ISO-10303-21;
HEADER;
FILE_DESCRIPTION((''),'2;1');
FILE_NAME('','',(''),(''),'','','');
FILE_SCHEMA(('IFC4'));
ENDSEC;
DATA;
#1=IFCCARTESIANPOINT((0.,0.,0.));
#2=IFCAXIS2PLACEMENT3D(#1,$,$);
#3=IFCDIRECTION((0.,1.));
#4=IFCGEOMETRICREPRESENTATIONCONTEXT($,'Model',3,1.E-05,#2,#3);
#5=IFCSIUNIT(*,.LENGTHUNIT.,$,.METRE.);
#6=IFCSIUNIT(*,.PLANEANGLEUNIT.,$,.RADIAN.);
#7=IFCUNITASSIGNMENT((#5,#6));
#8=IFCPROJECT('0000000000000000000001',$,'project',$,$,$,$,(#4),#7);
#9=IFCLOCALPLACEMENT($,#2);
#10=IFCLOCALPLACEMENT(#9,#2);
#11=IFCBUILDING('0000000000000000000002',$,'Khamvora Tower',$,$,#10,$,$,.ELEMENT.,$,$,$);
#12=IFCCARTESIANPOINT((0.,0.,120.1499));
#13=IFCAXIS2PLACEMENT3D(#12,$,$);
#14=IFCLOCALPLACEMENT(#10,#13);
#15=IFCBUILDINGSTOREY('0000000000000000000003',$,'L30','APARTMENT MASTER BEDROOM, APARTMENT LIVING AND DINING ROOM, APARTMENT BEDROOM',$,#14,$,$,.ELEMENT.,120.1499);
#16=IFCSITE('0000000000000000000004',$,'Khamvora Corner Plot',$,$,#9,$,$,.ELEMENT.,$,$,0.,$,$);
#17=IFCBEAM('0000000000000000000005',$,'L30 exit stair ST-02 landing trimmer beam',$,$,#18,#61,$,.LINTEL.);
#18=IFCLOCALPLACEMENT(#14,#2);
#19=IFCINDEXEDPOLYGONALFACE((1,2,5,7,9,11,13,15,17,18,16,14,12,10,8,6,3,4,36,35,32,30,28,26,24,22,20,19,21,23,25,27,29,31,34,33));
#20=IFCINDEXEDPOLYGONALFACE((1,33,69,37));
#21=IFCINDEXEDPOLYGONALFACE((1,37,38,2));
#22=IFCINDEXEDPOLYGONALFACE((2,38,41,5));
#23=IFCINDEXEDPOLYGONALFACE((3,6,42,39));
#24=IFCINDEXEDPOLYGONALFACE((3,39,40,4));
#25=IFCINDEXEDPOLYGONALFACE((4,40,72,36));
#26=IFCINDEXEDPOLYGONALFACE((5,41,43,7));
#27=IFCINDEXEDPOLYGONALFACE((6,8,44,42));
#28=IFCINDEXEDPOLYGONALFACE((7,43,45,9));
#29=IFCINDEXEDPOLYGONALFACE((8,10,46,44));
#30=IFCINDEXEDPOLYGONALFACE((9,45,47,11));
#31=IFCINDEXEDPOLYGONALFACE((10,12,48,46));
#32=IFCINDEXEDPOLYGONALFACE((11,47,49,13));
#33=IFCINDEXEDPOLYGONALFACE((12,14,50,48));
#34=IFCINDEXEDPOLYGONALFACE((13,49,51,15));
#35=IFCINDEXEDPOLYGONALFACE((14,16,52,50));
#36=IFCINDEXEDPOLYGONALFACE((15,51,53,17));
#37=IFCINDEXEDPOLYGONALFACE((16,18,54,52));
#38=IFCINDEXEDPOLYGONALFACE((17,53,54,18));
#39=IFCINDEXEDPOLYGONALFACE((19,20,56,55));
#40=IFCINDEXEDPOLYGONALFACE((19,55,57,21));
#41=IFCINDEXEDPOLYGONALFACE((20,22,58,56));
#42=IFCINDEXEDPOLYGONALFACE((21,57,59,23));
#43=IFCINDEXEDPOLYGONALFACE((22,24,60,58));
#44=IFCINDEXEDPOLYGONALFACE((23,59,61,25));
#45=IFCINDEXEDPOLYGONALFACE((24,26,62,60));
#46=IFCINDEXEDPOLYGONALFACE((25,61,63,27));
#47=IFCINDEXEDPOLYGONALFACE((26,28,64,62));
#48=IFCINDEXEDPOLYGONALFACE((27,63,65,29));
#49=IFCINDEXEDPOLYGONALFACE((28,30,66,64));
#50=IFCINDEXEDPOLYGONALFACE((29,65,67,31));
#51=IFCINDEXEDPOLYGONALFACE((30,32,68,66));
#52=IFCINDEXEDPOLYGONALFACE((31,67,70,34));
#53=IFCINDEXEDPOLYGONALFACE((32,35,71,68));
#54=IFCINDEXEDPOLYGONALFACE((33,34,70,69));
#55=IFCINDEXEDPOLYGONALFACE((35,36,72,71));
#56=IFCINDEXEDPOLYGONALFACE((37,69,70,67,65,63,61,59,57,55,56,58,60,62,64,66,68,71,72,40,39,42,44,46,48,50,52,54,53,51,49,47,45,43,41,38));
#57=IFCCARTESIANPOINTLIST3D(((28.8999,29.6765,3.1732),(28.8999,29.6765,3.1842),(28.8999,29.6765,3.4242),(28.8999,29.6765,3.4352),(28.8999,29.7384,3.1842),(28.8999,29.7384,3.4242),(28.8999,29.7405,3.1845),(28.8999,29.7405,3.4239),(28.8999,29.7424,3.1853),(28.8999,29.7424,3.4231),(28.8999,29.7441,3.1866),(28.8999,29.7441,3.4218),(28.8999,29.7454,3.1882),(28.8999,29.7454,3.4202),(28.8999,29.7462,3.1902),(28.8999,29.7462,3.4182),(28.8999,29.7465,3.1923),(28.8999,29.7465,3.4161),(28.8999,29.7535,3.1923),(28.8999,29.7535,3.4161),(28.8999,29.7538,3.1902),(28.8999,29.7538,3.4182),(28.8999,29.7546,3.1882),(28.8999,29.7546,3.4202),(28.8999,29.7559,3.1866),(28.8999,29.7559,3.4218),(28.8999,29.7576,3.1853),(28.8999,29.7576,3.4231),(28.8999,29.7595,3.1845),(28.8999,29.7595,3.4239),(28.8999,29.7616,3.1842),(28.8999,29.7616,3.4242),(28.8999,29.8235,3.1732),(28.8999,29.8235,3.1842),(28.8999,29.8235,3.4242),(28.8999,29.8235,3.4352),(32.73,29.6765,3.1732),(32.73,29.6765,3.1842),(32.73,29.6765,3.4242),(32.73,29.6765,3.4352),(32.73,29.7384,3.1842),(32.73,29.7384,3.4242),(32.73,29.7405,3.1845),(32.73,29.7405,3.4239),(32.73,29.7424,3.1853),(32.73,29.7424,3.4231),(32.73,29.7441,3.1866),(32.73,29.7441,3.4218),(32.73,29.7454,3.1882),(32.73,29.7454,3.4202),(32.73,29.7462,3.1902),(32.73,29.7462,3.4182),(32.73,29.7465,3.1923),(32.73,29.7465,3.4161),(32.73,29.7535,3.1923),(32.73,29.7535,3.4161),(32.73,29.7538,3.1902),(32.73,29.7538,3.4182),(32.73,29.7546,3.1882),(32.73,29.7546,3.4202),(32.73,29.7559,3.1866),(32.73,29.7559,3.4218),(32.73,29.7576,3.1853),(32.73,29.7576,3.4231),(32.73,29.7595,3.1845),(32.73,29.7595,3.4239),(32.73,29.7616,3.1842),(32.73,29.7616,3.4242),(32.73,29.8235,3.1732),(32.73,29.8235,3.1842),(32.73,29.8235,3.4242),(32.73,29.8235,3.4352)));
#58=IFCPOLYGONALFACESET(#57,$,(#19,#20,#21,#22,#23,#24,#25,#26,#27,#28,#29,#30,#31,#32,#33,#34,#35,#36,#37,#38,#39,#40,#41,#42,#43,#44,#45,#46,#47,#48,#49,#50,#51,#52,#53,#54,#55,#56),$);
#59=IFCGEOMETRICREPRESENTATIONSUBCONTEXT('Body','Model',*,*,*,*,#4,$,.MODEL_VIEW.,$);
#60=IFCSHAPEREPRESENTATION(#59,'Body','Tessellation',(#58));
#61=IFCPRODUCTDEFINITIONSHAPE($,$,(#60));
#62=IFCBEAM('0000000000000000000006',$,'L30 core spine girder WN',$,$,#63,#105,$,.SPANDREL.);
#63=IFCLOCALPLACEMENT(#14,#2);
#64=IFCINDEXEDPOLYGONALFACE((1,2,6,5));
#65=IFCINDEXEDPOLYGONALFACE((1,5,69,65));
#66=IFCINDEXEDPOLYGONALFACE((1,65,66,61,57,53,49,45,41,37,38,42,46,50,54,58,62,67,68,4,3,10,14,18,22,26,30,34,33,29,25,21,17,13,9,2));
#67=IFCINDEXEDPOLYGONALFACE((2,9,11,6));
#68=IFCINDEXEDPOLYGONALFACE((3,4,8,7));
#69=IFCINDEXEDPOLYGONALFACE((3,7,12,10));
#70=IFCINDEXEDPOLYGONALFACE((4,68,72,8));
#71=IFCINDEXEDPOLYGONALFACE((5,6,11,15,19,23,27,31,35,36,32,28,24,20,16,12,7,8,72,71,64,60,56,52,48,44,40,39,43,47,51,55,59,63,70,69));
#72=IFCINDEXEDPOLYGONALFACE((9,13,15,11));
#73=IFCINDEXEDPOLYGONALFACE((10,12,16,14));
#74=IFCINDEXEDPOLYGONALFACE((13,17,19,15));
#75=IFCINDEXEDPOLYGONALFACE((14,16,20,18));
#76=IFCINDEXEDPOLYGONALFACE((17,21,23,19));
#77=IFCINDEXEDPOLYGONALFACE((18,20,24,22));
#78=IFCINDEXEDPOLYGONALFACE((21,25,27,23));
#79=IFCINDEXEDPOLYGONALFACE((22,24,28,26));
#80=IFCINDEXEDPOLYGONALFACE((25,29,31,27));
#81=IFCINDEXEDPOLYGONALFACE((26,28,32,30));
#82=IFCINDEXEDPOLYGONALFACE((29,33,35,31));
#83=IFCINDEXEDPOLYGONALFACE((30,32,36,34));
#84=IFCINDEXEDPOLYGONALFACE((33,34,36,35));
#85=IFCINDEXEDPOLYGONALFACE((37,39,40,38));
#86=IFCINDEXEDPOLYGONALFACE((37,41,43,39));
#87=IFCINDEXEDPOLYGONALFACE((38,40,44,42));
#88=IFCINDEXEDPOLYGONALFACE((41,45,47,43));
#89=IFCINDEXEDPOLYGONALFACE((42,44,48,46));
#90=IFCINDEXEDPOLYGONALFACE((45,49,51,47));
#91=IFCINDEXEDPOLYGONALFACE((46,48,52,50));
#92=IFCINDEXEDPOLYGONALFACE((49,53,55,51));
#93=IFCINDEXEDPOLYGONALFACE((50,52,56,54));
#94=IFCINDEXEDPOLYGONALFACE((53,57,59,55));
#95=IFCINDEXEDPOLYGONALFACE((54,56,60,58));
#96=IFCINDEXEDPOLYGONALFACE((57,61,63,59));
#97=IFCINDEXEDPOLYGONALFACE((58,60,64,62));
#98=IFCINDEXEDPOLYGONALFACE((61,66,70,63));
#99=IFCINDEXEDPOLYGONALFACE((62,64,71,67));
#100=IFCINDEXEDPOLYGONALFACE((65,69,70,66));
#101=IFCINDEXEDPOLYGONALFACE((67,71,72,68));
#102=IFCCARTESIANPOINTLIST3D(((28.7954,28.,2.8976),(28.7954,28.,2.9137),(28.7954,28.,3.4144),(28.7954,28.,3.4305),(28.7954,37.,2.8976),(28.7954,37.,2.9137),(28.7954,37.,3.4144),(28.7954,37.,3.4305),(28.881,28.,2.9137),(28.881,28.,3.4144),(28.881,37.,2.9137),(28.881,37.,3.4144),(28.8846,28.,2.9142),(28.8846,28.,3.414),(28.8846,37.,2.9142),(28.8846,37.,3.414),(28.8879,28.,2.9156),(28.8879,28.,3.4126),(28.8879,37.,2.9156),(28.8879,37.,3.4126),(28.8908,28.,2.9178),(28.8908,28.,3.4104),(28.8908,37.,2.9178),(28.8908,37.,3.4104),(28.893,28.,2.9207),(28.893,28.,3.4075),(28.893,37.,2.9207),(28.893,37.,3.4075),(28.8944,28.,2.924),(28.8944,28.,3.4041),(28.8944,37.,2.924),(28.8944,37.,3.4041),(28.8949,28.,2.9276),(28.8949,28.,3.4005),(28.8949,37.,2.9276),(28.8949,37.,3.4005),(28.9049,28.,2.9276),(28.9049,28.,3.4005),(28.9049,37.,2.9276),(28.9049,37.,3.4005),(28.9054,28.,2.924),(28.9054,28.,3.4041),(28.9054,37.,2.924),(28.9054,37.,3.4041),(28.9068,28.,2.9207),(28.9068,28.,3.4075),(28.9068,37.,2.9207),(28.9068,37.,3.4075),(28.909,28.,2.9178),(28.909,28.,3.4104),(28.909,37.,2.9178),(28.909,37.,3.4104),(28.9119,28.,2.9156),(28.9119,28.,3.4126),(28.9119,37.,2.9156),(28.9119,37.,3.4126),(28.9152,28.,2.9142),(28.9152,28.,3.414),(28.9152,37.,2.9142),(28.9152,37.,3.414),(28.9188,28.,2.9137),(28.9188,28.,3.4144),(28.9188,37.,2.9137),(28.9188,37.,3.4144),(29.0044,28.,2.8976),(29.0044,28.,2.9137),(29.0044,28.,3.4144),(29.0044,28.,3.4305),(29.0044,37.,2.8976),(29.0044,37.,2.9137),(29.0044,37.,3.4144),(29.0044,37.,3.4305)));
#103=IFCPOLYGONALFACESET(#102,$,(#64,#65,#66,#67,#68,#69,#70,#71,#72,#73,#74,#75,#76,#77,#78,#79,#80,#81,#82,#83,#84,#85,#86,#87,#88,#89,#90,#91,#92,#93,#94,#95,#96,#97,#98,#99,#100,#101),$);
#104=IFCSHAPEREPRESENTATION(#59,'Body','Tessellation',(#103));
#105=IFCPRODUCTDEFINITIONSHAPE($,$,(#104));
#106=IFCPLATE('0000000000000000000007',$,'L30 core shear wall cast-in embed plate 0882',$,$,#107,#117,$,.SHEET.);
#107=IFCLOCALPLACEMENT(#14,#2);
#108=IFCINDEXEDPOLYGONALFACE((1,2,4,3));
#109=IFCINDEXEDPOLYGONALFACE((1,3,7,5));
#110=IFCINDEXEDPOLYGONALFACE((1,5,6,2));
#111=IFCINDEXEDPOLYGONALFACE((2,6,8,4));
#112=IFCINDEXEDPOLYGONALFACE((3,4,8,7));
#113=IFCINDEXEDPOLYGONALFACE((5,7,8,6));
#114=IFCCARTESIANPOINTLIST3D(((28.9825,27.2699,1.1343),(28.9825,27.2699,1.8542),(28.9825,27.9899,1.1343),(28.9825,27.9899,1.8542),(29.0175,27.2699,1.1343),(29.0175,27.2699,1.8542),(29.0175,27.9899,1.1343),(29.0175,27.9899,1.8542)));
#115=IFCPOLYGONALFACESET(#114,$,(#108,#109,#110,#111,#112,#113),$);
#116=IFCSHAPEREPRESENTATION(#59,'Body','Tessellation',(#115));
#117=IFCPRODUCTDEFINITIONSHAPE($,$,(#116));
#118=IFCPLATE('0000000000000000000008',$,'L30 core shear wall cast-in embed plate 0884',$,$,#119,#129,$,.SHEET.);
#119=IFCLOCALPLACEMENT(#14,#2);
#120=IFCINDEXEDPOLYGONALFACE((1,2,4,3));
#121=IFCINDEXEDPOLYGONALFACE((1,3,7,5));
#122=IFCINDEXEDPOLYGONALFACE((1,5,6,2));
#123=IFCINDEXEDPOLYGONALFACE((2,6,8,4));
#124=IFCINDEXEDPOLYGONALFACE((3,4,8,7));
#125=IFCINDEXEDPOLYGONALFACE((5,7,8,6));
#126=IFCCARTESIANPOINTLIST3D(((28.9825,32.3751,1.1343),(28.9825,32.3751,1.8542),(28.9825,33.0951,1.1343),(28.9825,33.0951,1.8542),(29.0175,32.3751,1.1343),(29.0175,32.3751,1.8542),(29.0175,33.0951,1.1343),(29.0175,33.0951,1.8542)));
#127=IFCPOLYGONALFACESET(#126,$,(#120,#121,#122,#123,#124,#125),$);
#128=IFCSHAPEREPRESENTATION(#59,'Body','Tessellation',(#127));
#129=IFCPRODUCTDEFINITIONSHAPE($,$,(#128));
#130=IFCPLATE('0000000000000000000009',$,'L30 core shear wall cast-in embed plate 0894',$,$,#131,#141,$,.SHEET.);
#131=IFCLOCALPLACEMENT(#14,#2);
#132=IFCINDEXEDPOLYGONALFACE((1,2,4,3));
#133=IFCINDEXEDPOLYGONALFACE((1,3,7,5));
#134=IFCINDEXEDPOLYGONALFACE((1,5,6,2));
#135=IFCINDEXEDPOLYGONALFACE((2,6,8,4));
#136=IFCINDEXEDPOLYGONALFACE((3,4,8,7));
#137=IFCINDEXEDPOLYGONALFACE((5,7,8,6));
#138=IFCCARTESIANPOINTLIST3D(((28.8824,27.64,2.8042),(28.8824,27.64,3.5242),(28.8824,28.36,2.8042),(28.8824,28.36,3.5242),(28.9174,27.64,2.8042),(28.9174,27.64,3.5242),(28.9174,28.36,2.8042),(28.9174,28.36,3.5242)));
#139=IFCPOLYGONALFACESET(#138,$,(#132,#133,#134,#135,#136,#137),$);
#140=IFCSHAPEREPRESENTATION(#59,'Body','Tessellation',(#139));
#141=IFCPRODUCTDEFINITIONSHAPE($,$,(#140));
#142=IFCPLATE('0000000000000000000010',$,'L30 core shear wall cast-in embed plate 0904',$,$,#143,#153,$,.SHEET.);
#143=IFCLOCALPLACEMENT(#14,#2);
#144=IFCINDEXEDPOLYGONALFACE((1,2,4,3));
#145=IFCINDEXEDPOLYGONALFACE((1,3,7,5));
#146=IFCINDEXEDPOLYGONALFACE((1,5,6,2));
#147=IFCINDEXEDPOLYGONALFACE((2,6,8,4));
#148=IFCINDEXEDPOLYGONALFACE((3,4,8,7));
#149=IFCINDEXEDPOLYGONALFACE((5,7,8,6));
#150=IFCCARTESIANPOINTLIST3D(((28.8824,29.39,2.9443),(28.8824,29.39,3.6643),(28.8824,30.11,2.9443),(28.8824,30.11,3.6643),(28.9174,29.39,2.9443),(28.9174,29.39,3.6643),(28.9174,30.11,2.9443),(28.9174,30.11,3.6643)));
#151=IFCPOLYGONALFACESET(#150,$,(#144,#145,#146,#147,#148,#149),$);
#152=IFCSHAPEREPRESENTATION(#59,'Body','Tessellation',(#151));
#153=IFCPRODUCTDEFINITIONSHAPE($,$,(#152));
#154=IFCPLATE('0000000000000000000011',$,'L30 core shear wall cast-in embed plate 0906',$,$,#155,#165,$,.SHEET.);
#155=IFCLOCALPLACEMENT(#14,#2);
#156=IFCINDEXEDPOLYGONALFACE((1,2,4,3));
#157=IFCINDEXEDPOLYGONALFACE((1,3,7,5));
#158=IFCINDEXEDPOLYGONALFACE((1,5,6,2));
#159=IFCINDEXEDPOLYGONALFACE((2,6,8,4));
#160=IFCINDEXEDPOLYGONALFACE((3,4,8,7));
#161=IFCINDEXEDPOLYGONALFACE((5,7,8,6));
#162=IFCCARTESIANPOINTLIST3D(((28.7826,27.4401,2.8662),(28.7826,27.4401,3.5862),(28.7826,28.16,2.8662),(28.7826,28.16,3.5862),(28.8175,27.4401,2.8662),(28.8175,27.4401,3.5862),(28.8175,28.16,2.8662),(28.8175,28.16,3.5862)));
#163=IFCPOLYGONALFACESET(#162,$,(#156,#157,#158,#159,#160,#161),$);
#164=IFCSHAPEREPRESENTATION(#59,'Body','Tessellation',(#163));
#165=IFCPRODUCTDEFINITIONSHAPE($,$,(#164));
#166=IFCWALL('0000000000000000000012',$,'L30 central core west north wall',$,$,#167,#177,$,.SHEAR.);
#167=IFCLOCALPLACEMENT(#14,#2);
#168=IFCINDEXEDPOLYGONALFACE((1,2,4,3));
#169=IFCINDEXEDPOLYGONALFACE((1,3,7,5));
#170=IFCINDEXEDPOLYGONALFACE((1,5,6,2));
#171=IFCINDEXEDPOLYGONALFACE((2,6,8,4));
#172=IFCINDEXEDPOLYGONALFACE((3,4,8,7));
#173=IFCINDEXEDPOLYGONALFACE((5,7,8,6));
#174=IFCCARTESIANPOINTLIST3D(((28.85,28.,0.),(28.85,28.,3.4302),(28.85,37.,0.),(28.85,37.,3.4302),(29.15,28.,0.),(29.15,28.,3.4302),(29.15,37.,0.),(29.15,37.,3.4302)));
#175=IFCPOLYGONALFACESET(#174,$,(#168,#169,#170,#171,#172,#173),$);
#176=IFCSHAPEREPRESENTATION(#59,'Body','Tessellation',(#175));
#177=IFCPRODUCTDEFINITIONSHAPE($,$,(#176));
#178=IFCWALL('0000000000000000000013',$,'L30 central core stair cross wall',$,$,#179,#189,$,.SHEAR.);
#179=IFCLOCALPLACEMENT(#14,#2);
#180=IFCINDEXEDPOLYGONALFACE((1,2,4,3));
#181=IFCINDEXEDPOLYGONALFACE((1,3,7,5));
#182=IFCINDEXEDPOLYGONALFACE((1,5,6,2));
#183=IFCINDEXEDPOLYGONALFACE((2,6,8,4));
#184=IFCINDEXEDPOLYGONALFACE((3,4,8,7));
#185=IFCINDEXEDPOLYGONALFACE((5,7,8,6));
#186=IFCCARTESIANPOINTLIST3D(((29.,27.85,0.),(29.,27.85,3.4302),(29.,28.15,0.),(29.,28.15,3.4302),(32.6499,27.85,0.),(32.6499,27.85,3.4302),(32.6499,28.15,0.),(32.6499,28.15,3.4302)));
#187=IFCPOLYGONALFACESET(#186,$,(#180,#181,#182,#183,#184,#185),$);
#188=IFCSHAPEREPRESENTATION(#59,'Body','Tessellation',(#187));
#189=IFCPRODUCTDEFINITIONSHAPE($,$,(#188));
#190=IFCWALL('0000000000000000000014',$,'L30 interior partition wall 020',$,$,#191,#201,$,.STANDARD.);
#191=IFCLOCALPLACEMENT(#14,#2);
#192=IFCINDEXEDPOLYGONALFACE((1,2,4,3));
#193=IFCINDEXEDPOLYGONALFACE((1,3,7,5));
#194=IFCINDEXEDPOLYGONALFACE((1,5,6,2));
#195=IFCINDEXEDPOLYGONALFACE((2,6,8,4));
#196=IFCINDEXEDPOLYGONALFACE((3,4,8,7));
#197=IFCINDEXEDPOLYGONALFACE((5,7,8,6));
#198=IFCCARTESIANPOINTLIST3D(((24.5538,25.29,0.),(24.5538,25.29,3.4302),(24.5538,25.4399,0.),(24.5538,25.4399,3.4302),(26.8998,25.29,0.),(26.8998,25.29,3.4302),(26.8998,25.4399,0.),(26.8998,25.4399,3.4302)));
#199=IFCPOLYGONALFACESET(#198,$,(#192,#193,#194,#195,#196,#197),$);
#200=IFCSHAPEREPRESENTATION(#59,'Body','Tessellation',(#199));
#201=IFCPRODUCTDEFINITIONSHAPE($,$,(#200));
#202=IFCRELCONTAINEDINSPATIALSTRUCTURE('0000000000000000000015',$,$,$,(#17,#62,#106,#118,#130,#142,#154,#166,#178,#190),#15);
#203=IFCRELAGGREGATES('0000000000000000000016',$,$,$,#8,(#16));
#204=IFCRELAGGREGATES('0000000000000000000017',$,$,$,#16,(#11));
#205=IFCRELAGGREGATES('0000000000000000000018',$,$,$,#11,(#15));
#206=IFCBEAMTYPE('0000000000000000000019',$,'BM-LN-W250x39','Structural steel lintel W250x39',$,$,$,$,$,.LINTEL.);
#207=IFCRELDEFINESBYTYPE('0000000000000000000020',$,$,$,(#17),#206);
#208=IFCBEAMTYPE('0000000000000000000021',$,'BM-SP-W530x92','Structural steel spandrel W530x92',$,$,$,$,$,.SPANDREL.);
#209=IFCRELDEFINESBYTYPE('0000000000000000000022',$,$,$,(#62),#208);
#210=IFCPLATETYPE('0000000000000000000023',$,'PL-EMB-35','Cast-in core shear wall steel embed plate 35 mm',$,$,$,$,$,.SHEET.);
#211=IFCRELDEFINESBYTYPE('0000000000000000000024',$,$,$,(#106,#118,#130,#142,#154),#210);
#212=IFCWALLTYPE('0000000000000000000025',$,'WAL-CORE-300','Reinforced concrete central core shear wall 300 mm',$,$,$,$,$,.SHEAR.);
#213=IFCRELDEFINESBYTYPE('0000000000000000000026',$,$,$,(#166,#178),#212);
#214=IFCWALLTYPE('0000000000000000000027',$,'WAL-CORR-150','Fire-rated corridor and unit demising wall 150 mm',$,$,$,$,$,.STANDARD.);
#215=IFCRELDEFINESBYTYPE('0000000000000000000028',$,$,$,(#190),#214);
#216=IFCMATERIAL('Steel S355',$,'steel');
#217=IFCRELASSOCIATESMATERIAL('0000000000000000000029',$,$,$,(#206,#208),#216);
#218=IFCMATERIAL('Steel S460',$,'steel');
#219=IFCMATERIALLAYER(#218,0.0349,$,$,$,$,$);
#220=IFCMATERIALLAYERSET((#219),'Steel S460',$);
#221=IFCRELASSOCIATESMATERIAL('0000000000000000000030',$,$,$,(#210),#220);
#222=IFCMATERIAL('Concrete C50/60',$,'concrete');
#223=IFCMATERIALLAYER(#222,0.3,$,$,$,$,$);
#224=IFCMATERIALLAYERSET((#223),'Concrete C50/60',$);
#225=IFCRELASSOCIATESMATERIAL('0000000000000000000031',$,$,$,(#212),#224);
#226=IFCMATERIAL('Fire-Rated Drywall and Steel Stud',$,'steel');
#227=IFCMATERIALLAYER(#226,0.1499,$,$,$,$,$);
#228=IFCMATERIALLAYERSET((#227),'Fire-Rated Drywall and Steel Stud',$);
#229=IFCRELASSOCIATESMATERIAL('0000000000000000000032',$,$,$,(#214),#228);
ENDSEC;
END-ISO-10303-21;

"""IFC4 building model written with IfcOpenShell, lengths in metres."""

from ifc_helpers import new_model, si_unit, direction, frame, frame_2d, origin, origin_2d, place, context, subcontext, project, spatial, rectangle, i_section, extrude, material, layer, layer_set, material_profile, profile_set, type_object, element, save


model = new_model("IFC4")

# Units and contexts
model_context = context("Model", 3, precision=1e-05, world=origin(), true_north=direction((0.0, 1.0)))
body_context = subcontext(model_context, "Body", "Model", "MODEL_VIEW")
ifc_project = project(units=[si_unit("LENGTHUNIT", "METRE"), si_unit("PLANEANGLEUNIT", "RADIAN")], contexts=[model_context])

# Site, building, storey
site_placement = place(None, origin())
site = spatial("IfcSite", under=ifc_project, at=site_placement, Name="Khamvora Corner Plot", CompositionType="ELEMENT", RefElevation=0.0)
building_placement = place(site_placement, origin())
building = spatial("IfcBuilding", under=site, at=building_placement, Name="Khamvora Tower", CompositionType="ELEMENT")
storey_placement = place(building_placement, frame((0.0, 0.0, 120.1499)))
storey = spatial("IfcBuildingStorey", under=building, at=storey_placement, Name="L30", Description="APARTMENT MASTER BEDROOM, APARTMENT LIVING AND DINING ROOM, APARTMENT BEDROOM", CompositionType="ELEMENT", Elevation=120.1499)

# Shared definitions
ifc_material_1 = material(Name="Steel S460", Category="steel")

# Beams
ifc_material_2 = material(Name="Steel S355", Category="steel")
ifc_material_profile_1 = material_profile(ifc_material_2, i_section(OverallWidth=0.147, OverallDepth=0.262, WebThickness=0.0071, FlangeThickness=0.011, FilletRadius=0.0081, at=origin_2d()), Name="W250x39")
ifc_profile_set_1 = profile_set([ifc_material_profile_1], Name="Steel S355")
beam_type_1 = type_object("IfcBeamType", Name="BM-LN-W250x39", Description="Structural steel lintel W250x39", PredefinedType="LINTEL", material=ifc_profile_set_1)
beam_1_placement = place(storey_placement, frame((28.8999, 29.75, 3.3042), z_axis=(1.0, 0.0, 0.0), x_axis=(0.0, 1.0, 0.0)))
element("IfcBeam", 1, at=beam_1_placement, inside=storey, type_object=beam_type_1, Name="L30 exit stair ST-02 landing trimmer beam", PredefinedType="LINTEL", context=body_context, shape_type="SweptSolid", body=[
    extrude(i_section(OverallWidth=0.147, OverallDepth=0.262, WebThickness=0.0071, FlangeThickness=0.011, FilletRadius=0.0081, at=origin_2d()), origin(), (0.0, 0.0, 1.0), 3.8301),
])
ifc_material_profile_2 = material_profile(ifc_material_2, i_section(OverallWidth=0.209, OverallDepth=0.533, WebThickness=0.01, FlangeThickness=0.0161, FilletRadius=0.0139, at=origin_2d()), Name="W530x92")
ifc_profile_set_2 = profile_set([ifc_material_profile_2], Name="Steel S355")
beam_type_2 = type_object("IfcBeamType", Name="BM-SP-W530x92", Description="Structural steel spandrel W530x92", PredefinedType="SPANDREL", material=ifc_profile_set_2)
beam_2_placement = place(storey_placement, frame((28.8999, 28.0, 3.1641), z_axis=(0.0, 1.0, 0.0), x_axis=(-1.0, 0.0, 0.0)))
element("IfcBeam", 2, at=beam_2_placement, inside=storey, type_object=beam_type_2, Name="L30 core spine girder WN", PredefinedType="SPANDREL", context=body_context, shape_type="SweptSolid", body=[
    extrude(i_section(OverallWidth=0.209, OverallDepth=0.533, WebThickness=0.01, FlangeThickness=0.0161, FilletRadius=0.0139, at=origin_2d()), origin(), (0.0, 0.0, 1.0), 9.0),
])

# Plates
ifc_layer_1 = layer(ifc_material_1, 0.0349)
ifc_layer_set_1 = layer_set([ifc_layer_1], Name="Steel S460")
plate_type = type_object("IfcPlateType", Name="PL-EMB-35", Description="Cast-in core shear wall steel embed plate 35 mm", PredefinedType="SHEET", material=ifc_layer_set_1)
for number, where, z_axis, x_axis, name in (
    (3, (29.0, 27.6299, 1.1343), (0.0, 0.0, 1.0), (1.0, 0.0, 0.0), "L30 core shear wall cast-in embed plate 0882"),
    (4, (29.0, 32.7351, 1.1343), (0.0, 0.0, 1.0), (1.0, 0.0, 0.0), "L30 core shear wall cast-in embed plate 0884"),
    (5, (28.8999, 28.0, 2.8042), (0.0, 0.0, 1.0), (1.0, 0.0, 0.0), "L30 core shear wall cast-in embed plate 0894"),
    (6, (28.8999, 29.75, 2.9443), (0.0, 0.0, 1.0), (1.0, 0.0, 0.0), "L30 core shear wall cast-in embed plate 0904"),
    (7, (28.8, 27.8, 2.8662), (0.0, 0.0, 1.0), (1.0, 0.0, 0.0), "L30 core shear wall cast-in embed plate 0906"),
):
    element("IfcPlate", number, at=place(storey_placement, frame(where, z_axis=z_axis, x_axis=x_axis)), inside=storey, type_object=plate_type, Name=name, PredefinedType="SHEET", context=body_context, shape_type="SweptSolid", body=[
        extrude(rectangle(XDim=0.0349, YDim=0.72, at=origin_2d()), origin(), (0.0, 0.0, 1.0), 0.72),
    ])

# Walls
ifc_material_3 = material(Name="Concrete C50/60", Category="concrete")
ifc_layer_2 = layer(ifc_material_3, 0.3)
ifc_layer_set_2 = layer_set([ifc_layer_2], Name="Concrete C50/60")
wall_type_1 = type_object("IfcWallType", Name="WAL-CORE-300", Description="Reinforced concrete central core shear wall 300 mm", PredefinedType="SHEAR", material=ifc_layer_set_2)
wall_1_placement = place(storey_placement, frame((29.0, 28.0, 0.0), z_axis=(0.0, 0.0, 1.0), x_axis=(0.0, 1.0, 0.0)))
element("IfcWall", 8, at=wall_1_placement, inside=storey, type_object=wall_type_1, Name="L30 central core west north wall", PredefinedType="SHEAR", context=body_context, shape_type="SweptSolid", body=[
    extrude(rectangle(XDim=9.0, YDim=0.3, at=frame_2d((4.5, 0.0))), origin(), (0.0, 0.0, 1.0), 3.4302),
])
wall_2_placement = place(storey_placement, frame((29.0, 28.0, 0.0), z_axis=(0.0, 0.0, 1.0), x_axis=(1.0, 0.0, 0.0)))
element("IfcWall", 9, at=wall_2_placement, inside=storey, type_object=wall_type_1, Name="L30 central core stair cross wall", PredefinedType="SHEAR", context=body_context, shape_type="SweptSolid", body=[
    extrude(rectangle(XDim=3.6499, YDim=0.3, at=frame_2d((1.825, 0.0))), origin(), (0.0, 0.0, 1.0), 3.4302),
])

# Shared definitions
ifc_material_4 = material(Name="Fire-Rated Drywall and Steel Stud", Category="steel")
ifc_layer_3 = layer(ifc_material_4, 0.1499)
ifc_layer_set_3 = layer_set([ifc_layer_3], Name="Fire-Rated Drywall and Steel Stud")
wall_type_2 = type_object("IfcWallType", Name="WAL-CORR-150", Description="Fire-rated corridor and unit demising wall 150 mm", PredefinedType="STANDARD", material=ifc_layer_set_3)

# Wall
wall_3_placement = place(storey_placement, frame((24.554, 25.365, 0.0), z_axis=(0.0, 0.0, 1.0), x_axis=(1.0, 0.0, 0.0)))
element("IfcWall", 10, at=wall_3_placement, inside=storey, type_object=wall_type_2, Name="L30 interior partition wall 020", PredefinedType="STANDARD", context=body_context, shape_type="SweptSolid", body=[
    extrude(rectangle(XDim=2.3459, YDim=0.1499, at=frame_2d((1.1729, 0.0))), origin(), (0.0, 0.0, 1.0), 3.4302),
])

save(model, "model.ifc")
